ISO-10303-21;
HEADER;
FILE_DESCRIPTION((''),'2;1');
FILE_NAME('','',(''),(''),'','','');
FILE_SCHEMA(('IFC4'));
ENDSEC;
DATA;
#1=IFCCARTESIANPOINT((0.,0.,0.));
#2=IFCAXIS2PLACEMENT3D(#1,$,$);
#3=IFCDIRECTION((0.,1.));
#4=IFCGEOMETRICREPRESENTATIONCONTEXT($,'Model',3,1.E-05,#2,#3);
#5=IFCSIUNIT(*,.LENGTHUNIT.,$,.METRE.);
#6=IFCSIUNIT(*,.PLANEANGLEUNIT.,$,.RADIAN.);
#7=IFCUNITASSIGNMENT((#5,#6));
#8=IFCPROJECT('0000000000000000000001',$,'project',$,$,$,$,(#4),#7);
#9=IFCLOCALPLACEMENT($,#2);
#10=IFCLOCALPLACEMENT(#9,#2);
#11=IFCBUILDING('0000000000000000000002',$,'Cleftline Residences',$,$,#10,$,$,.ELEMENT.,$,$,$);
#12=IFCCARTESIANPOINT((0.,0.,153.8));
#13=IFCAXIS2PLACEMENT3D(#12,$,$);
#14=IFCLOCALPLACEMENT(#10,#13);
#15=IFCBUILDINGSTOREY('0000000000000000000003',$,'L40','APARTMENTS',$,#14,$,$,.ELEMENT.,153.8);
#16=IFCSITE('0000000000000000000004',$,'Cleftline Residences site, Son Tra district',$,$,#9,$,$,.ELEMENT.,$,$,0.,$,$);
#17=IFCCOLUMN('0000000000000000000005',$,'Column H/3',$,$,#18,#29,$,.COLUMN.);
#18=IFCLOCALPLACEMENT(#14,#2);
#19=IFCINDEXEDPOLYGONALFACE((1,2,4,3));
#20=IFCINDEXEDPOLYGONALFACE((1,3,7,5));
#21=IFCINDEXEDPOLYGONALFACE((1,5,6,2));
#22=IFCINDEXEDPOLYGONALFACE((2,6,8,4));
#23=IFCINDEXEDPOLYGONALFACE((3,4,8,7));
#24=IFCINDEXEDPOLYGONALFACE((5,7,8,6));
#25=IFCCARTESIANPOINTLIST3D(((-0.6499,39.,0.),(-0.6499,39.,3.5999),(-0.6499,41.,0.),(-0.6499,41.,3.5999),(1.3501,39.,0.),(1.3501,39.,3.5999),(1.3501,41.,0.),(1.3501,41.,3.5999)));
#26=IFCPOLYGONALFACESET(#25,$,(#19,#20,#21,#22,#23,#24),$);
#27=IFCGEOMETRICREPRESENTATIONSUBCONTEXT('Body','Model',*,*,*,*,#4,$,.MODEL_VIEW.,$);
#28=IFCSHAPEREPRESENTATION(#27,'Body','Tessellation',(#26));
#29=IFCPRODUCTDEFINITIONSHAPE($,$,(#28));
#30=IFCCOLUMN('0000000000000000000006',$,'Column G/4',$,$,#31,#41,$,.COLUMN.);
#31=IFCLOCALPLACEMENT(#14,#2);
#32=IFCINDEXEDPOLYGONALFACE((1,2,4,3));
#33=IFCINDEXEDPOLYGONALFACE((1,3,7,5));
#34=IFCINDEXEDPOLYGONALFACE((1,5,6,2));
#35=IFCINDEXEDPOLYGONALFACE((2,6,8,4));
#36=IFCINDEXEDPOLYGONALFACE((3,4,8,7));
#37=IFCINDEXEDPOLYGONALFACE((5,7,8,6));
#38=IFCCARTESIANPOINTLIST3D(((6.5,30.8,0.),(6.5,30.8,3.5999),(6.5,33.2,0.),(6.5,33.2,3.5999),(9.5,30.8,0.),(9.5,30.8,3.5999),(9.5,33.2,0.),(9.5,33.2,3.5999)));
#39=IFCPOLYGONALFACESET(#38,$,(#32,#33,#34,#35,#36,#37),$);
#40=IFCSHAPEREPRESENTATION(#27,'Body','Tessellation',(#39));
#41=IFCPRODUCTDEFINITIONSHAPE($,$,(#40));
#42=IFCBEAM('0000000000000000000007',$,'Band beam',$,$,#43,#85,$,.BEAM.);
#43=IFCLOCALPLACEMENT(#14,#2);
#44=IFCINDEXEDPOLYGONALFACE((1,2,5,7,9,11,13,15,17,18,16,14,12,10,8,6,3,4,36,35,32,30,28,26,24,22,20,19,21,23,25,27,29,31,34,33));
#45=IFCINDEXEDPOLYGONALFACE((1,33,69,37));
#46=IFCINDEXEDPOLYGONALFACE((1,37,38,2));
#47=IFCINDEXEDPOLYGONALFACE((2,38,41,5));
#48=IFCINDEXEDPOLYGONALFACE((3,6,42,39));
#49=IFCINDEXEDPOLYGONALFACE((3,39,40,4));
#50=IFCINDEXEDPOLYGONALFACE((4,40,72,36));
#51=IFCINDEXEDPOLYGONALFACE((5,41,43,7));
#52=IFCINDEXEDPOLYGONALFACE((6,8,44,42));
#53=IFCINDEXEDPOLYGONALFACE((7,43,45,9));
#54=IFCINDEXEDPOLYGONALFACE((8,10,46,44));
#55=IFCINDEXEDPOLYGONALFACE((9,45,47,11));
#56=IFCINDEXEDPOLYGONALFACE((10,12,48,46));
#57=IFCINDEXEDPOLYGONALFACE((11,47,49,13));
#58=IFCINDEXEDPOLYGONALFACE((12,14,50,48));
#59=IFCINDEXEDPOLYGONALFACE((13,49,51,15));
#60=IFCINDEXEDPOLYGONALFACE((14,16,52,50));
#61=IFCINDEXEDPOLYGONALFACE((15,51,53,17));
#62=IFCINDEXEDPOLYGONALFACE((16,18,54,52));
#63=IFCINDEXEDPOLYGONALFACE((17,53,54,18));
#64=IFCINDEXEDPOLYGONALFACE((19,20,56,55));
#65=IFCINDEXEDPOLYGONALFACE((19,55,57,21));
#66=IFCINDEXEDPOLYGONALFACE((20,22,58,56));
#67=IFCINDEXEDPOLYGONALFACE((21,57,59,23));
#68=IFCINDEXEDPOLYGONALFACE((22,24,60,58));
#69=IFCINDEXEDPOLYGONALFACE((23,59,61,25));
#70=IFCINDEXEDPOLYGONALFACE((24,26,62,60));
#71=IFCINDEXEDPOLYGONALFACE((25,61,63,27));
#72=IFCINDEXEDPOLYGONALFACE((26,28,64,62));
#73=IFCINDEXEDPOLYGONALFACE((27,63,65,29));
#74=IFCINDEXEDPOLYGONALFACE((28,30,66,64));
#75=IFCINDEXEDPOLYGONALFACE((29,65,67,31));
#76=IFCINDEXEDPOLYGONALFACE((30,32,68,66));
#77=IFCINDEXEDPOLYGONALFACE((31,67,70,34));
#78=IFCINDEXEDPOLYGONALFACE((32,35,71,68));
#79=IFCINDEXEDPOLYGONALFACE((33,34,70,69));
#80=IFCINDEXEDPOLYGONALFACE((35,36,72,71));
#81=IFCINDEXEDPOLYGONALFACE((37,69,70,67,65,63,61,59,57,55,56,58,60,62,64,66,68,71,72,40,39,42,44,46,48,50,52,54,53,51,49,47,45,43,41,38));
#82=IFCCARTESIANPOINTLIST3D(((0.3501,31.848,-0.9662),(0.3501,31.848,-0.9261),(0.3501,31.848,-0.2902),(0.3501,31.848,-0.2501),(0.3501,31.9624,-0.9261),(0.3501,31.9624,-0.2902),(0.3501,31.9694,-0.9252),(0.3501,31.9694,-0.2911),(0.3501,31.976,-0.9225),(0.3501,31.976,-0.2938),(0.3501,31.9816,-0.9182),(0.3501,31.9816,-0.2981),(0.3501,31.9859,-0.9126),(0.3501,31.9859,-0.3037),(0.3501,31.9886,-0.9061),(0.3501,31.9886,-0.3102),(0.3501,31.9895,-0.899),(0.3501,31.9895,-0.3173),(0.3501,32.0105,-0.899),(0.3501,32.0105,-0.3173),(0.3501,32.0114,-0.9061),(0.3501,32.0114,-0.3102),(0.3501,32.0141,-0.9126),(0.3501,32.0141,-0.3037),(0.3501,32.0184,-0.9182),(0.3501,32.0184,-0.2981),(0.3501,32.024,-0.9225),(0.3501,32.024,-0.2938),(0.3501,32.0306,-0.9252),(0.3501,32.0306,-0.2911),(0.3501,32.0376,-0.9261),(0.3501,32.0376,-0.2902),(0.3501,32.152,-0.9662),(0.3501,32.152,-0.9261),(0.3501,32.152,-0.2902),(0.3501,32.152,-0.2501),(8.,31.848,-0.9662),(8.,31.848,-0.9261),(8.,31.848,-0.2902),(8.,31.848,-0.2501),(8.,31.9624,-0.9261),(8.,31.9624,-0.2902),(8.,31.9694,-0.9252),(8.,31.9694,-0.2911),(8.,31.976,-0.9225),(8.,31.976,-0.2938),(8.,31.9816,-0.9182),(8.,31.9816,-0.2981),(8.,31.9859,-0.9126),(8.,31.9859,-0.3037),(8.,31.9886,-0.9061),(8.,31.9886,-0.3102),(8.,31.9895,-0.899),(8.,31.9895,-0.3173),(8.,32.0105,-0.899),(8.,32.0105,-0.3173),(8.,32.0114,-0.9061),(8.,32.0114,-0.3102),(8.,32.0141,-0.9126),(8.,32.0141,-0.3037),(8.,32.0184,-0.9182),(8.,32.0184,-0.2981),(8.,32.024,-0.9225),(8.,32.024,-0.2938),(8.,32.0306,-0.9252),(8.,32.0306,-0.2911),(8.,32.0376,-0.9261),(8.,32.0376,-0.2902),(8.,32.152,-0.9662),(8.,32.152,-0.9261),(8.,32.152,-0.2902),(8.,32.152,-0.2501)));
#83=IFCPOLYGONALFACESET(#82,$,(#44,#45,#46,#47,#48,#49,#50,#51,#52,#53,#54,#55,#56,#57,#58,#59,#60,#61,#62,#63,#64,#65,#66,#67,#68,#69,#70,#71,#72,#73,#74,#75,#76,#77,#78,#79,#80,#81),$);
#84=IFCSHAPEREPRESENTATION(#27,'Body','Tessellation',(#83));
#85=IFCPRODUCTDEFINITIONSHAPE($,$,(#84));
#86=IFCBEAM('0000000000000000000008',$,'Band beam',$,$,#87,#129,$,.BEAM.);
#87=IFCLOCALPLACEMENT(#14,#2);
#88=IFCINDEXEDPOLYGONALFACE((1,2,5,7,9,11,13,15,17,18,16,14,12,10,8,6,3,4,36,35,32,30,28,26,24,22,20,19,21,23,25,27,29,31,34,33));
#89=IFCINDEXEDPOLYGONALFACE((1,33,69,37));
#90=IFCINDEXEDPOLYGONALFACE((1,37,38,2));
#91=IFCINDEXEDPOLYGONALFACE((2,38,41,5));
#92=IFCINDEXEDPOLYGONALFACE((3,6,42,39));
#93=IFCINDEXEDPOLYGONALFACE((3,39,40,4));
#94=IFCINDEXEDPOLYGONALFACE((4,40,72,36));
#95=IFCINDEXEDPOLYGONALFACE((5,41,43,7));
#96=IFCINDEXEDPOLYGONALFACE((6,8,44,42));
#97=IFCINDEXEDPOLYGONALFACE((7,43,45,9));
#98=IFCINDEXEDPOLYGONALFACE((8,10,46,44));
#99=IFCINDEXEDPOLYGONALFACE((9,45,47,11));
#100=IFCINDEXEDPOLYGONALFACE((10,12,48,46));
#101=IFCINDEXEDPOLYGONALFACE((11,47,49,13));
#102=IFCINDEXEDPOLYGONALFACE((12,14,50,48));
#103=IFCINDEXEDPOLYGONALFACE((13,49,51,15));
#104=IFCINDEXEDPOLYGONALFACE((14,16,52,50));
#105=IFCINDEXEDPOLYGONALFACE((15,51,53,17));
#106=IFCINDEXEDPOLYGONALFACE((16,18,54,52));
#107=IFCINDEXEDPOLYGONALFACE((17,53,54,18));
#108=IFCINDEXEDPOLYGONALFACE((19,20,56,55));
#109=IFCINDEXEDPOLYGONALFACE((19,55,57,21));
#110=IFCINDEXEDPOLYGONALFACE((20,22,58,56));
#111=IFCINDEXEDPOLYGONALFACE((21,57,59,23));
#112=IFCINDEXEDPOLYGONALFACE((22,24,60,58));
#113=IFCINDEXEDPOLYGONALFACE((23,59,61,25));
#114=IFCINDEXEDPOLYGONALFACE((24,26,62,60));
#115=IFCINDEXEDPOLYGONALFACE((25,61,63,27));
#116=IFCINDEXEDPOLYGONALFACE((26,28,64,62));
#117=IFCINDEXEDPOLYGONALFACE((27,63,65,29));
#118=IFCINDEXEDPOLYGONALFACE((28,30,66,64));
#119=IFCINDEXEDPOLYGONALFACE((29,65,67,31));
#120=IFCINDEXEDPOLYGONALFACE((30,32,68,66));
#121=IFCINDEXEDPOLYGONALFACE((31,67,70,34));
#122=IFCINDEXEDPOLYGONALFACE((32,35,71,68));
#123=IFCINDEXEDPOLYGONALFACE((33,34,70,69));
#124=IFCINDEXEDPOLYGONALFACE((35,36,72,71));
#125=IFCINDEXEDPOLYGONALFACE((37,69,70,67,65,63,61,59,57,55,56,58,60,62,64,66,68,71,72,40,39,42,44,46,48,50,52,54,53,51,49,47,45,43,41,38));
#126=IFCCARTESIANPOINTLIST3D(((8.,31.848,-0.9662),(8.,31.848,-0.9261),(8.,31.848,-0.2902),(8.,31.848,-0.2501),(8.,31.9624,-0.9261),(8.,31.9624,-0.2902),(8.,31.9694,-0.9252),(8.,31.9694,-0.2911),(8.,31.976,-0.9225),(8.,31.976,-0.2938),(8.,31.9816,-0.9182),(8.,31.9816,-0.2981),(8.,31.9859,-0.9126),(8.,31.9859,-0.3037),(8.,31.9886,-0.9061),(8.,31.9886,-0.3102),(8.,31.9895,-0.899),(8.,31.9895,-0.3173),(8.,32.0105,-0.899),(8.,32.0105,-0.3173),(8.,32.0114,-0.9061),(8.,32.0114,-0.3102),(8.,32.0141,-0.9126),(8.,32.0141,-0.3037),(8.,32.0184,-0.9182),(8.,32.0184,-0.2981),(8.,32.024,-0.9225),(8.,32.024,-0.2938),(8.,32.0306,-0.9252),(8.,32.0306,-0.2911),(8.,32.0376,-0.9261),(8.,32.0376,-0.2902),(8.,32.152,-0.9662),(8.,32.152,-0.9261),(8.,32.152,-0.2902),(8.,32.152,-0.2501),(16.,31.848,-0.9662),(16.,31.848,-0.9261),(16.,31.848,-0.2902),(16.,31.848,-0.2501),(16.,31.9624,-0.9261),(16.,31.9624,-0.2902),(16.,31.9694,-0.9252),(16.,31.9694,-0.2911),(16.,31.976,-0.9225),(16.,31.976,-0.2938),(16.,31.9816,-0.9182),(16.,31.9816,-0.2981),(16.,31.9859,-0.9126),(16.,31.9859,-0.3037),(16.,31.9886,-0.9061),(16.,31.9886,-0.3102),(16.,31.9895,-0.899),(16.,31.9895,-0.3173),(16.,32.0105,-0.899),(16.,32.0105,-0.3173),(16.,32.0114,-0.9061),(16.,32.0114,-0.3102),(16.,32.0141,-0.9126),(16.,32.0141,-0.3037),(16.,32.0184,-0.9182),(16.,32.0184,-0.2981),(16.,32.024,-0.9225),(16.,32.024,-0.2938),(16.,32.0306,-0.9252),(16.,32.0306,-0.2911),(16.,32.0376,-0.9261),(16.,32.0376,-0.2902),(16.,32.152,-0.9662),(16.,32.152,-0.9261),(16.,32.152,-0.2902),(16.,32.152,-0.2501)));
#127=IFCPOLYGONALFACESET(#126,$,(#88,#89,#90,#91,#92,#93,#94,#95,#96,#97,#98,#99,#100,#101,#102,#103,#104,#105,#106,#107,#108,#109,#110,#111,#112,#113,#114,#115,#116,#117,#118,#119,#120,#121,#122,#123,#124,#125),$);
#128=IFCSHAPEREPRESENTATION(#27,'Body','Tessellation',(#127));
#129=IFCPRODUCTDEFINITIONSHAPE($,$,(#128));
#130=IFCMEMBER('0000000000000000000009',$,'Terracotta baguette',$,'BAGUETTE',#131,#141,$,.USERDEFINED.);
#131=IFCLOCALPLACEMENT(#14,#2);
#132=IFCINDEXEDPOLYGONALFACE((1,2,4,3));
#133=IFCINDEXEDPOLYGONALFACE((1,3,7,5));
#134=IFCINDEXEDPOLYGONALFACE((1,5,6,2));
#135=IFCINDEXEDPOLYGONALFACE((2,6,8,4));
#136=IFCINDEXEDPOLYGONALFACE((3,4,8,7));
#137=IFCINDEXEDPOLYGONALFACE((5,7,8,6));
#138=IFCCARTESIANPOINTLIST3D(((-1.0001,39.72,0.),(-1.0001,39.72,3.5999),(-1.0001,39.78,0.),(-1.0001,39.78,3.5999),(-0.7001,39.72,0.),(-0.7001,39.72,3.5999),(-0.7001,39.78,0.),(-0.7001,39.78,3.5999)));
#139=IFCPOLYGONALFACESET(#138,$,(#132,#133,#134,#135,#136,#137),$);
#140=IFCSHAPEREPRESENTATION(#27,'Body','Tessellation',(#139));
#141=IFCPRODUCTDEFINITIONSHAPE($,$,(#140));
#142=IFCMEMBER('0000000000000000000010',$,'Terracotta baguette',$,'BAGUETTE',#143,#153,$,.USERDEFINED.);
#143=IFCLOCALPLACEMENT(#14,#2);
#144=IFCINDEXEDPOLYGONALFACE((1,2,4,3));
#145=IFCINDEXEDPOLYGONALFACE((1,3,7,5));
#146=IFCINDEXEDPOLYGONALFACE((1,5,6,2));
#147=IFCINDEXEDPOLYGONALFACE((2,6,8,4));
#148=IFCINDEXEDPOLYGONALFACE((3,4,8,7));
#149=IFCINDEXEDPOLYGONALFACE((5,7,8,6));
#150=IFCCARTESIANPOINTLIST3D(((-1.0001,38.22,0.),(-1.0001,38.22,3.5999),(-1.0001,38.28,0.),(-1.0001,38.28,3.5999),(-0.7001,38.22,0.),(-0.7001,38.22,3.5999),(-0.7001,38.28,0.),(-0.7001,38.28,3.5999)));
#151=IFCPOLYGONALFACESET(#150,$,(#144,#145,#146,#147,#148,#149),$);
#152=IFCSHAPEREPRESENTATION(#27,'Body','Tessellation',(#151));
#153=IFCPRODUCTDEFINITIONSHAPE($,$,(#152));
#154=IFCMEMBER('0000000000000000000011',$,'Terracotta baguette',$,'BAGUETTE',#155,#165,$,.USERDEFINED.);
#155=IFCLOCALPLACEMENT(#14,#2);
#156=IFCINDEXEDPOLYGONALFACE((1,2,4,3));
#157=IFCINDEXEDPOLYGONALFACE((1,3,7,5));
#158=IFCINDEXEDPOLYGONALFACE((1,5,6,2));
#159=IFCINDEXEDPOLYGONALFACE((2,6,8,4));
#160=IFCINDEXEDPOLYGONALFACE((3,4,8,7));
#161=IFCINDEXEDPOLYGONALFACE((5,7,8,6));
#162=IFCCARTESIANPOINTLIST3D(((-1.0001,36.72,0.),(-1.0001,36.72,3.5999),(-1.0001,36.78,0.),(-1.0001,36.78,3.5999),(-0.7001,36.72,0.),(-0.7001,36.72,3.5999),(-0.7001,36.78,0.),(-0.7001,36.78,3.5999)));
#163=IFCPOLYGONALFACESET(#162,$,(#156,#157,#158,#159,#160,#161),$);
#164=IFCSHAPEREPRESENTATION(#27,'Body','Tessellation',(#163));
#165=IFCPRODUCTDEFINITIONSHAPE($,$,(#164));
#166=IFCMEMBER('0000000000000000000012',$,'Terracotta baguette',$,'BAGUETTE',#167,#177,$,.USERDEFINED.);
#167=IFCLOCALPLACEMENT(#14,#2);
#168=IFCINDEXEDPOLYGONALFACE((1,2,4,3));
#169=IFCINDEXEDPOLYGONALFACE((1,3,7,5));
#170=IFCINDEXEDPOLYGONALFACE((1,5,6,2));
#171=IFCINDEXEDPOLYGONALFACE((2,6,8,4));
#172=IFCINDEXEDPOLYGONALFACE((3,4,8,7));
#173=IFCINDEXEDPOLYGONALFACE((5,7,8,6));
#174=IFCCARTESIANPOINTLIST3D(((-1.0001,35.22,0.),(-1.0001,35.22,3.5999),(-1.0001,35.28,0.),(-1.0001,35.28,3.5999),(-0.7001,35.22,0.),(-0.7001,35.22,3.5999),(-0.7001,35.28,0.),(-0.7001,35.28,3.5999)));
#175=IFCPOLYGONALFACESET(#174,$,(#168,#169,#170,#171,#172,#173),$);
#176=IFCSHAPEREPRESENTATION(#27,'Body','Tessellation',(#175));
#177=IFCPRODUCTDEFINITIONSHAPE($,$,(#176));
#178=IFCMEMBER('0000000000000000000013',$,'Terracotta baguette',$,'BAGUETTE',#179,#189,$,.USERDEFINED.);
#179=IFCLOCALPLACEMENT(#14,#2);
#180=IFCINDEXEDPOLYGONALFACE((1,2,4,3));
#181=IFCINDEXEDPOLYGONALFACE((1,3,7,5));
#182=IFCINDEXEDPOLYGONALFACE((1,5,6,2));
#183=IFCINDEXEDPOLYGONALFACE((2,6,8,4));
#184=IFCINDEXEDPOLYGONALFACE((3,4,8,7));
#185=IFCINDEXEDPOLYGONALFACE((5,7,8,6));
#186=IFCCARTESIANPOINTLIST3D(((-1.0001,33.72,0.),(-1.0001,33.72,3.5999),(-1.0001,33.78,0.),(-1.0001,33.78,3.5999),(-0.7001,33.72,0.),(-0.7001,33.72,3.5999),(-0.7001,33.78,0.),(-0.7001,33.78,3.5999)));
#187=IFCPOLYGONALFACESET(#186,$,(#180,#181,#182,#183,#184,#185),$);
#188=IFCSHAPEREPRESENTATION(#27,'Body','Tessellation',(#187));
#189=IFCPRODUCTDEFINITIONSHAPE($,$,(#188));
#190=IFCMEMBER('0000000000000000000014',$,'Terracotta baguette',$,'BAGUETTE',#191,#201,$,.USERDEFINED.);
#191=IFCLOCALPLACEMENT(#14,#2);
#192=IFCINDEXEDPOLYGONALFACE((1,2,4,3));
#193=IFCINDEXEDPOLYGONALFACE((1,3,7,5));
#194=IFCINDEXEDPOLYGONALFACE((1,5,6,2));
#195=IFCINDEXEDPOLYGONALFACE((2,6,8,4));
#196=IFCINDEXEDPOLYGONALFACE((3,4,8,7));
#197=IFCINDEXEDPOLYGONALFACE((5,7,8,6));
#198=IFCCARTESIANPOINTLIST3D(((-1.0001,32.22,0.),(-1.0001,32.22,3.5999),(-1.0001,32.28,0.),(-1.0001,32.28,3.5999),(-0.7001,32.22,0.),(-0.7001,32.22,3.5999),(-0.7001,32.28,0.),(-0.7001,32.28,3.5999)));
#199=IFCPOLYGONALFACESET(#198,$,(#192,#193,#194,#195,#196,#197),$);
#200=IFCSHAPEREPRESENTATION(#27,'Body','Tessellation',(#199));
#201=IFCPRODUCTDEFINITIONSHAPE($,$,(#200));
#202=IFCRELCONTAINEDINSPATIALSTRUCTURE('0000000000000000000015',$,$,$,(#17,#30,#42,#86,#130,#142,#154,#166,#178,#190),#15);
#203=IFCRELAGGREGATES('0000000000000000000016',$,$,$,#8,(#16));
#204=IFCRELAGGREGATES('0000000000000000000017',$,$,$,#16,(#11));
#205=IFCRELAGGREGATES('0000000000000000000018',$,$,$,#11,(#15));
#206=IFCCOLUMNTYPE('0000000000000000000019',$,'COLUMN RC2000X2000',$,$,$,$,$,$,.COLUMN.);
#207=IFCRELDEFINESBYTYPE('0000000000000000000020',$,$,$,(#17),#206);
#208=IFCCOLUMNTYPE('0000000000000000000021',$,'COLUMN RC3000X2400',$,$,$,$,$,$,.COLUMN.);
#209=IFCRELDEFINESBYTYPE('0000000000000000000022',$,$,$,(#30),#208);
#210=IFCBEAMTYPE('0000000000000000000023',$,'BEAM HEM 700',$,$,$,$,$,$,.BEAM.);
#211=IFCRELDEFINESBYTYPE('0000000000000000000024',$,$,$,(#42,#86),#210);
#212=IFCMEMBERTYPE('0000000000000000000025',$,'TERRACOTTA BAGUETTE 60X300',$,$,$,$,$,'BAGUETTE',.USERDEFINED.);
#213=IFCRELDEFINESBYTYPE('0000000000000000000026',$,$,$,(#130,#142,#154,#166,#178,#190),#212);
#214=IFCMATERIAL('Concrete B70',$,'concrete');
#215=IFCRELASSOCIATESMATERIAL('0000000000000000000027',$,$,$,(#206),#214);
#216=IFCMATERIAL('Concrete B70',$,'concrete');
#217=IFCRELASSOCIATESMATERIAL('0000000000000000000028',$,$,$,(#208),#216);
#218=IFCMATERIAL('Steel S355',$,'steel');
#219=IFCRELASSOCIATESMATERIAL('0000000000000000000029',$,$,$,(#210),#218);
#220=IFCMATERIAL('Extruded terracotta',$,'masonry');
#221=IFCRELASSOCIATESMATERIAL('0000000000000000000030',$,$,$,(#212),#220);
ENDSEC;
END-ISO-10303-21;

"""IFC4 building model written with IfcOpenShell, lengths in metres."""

from ifc_helpers import new_model, si_unit, direction, frame, origin, origin_2d, place, context, subcontext, project, spatial, rectangle, i_section, extrude, material, material_profile, profile_set, type_object, element, save


model = new_model("IFC4")

# Units and contexts
model_context = context("Model", 3, precision=1e-05, world=origin(), true_north=direction((0.0, 1.0)))
body_context = subcontext(model_context, "Body", "Model", "MODEL_VIEW")
ifc_project = project(units=[si_unit("LENGTHUNIT", "METRE"), si_unit("PLANEANGLEUNIT", "RADIAN")], contexts=[model_context])

# Site, building, storey
site_placement = place(None, origin())
site = spatial("IfcSite", under=ifc_project, at=site_placement, Name="Cleftline Residences site, Son Tra district", CompositionType="ELEMENT", RefElevation=0.0)
building_placement = place(site_placement, origin())
building = spatial("IfcBuilding", under=site, at=building_placement, Name="Cleftline Residences", CompositionType="ELEMENT")
storey_placement = place(building_placement, frame((0.0, 0.0, 153.8)))
storey = spatial("IfcBuildingStorey", under=building, at=storey_placement, Name="L40", Description="APARTMENTS", CompositionType="ELEMENT", Elevation=153.8)

# Columns
ifc_material_1 = material(Name="Concrete B70", Category="concrete")
ifc_material_profile_1 = material_profile(ifc_material_1, rectangle(XDim=2.0, YDim=2.0, at=origin_2d()))
ifc_profile_set_1 = profile_set([ifc_material_profile_1], Name="Concrete B70")
column_type_1 = type_object("IfcColumnType", Name="COLUMN RC2000X2000", PredefinedType="COLUMN", material=ifc_profile_set_1)
column_1_placement = place(storey_placement, frame((0.3501, 40.0, 0.0), z_axis=(0.0, 0.0, 1.0), x_axis=(1.0, 0.0, 0.0)))
element("IfcColumn", 1, at=column_1_placement, inside=storey, type_object=column_type_1, Name="Column H/3", PredefinedType="COLUMN", context=body_context, shape_type="SweptSolid", body=[
    extrude(rectangle(XDim=2.0, YDim=2.0, at=origin_2d()), origin(), (0.0, 0.0, 1.0), 3.5999),
])
ifc_material_2 = material(Name="Concrete B70", Category="concrete")
ifc_material_profile_2 = material_profile(ifc_material_2, rectangle(XDim=3.0, YDim=2.3999, at=origin_2d()))
ifc_profile_set_2 = profile_set([ifc_material_profile_2], Name="Concrete B70")
column_type_2 = type_object("IfcColumnType", Name="COLUMN RC3000X2400", PredefinedType="COLUMN", material=ifc_profile_set_2)
column_2_placement = place(storey_placement, frame((8.0, 32.0, 0.0), z_axis=(0.0, 0.0, 1.0), x_axis=(1.0, 0.0, 0.0)))
element("IfcColumn", 2, at=column_2_placement, inside=storey, type_object=column_type_2, Name="Column G/4", PredefinedType="COLUMN", context=body_context, shape_type="SweptSolid", body=[
    extrude(rectangle(XDim=3.0, YDim=2.3999, at=origin_2d()), origin(), (0.0, 0.0, 1.0), 3.5999),
])

# Beams
ifc_material_3 = material(Name="Steel S355", Category="steel")
ifc_material_profile_3 = material_profile(ifc_material_3, i_section(OverallWidth=0.304, OverallDepth=0.7161, WebThickness=0.021, FlangeThickness=0.04, FilletRadius=0.0271, at=origin_2d()))
ifc_profile_set_3 = profile_set([ifc_material_profile_3], Name="Steel S355")
beam_type = type_object("IfcBeamType", Name="BEAM HEM 700", PredefinedType="BEAM", material=ifc_profile_set_3)
beam_1_placement = place(storey_placement, frame((0.3501, 32.0, -0.6082), z_axis=(1.0, 0.0, 0.0), x_axis=(0.0, 1.0, 0.0)))
element("IfcBeam", 3, at=beam_1_placement, inside=storey, type_object=beam_type, Name="Band beam", PredefinedType="BEAM", context=body_context, shape_type="SweptSolid", body=[
    extrude(i_section(OverallWidth=0.304, OverallDepth=0.7161, WebThickness=0.021, FlangeThickness=0.04, FilletRadius=0.0271, at=origin_2d()), origin(), (0.0, 0.0, 1.0), 7.6499),
])
beam_2_placement = place(storey_placement, frame((8.0, 32.0, -0.6082), z_axis=(1.0, 0.0, 0.0), x_axis=(0.0, 1.0, 0.0)))
element("IfcBeam", 4, at=beam_2_placement, inside=storey, type_object=beam_type, Name="Band beam", PredefinedType="BEAM", context=body_context, shape_type="SweptSolid", body=[
    extrude(i_section(OverallWidth=0.304, OverallDepth=0.7161, WebThickness=0.021, FlangeThickness=0.04, FilletRadius=0.0271, at=origin_2d()), origin(), (0.0, 0.0, 1.0), 8.0),
])

# Members
ifc_material_4 = material(Name="Extruded terracotta", Category="masonry")
ifc_material_profile_4 = material_profile(ifc_material_4, rectangle(XDim=0.0601, YDim=0.3, at=origin_2d()))
ifc_profile_set_4 = profile_set([ifc_material_profile_4], Name="Extruded terracotta")
member_type = type_object("IfcMemberType", Name="TERRACOTTA BAGUETTE 60X300", ElementType="BAGUETTE", PredefinedType="USERDEFINED", material=ifc_profile_set_4)
for number, where, z_axis, x_axis, name in (
    (5, (-0.8501, 39.75, 0.0), (0.0, 0.0, 1.0), (0.0, 1.0, 0.0), "Terracotta baguette"),
    (6, (-0.8501, 38.25, 0.0), (0.0, 0.0, 1.0), (0.0, 1.0, 0.0), "Terracotta baguette"),
    (7, (-0.8501, 36.75, 0.0), (0.0, 0.0, 1.0), (0.0, 1.0, 0.0), "Terracotta baguette"),
    (8, (-0.8501, 35.25, 0.0), (0.0, 0.0, 1.0), (0.0, 1.0, 0.0), "Terracotta baguette"),
    (9, (-0.8501, 33.75, 0.0), (0.0, 0.0, 1.0), (0.0, 1.0, 0.0), "Terracotta baguette"),
    (10, (-0.8501, 32.25, 0.0), (0.0, 0.0, 1.0), (0.0, 1.0, 0.0), "Terracotta baguette"),
):
    element("IfcMember", number, at=place(storey_placement, frame(where, z_axis=z_axis, x_axis=x_axis)), inside=storey, type_object=member_type, Name=name, ObjectType="BAGUETTE", PredefinedType="USERDEFINED", context=body_context, shape_type="SweptSolid", body=[
        extrude(rectangle(XDim=0.0601, YDim=0.3, at=origin_2d()), origin(), (0.0, 0.0, 1.0), 3.5999),
    ])

save(model, "model.ifc")
